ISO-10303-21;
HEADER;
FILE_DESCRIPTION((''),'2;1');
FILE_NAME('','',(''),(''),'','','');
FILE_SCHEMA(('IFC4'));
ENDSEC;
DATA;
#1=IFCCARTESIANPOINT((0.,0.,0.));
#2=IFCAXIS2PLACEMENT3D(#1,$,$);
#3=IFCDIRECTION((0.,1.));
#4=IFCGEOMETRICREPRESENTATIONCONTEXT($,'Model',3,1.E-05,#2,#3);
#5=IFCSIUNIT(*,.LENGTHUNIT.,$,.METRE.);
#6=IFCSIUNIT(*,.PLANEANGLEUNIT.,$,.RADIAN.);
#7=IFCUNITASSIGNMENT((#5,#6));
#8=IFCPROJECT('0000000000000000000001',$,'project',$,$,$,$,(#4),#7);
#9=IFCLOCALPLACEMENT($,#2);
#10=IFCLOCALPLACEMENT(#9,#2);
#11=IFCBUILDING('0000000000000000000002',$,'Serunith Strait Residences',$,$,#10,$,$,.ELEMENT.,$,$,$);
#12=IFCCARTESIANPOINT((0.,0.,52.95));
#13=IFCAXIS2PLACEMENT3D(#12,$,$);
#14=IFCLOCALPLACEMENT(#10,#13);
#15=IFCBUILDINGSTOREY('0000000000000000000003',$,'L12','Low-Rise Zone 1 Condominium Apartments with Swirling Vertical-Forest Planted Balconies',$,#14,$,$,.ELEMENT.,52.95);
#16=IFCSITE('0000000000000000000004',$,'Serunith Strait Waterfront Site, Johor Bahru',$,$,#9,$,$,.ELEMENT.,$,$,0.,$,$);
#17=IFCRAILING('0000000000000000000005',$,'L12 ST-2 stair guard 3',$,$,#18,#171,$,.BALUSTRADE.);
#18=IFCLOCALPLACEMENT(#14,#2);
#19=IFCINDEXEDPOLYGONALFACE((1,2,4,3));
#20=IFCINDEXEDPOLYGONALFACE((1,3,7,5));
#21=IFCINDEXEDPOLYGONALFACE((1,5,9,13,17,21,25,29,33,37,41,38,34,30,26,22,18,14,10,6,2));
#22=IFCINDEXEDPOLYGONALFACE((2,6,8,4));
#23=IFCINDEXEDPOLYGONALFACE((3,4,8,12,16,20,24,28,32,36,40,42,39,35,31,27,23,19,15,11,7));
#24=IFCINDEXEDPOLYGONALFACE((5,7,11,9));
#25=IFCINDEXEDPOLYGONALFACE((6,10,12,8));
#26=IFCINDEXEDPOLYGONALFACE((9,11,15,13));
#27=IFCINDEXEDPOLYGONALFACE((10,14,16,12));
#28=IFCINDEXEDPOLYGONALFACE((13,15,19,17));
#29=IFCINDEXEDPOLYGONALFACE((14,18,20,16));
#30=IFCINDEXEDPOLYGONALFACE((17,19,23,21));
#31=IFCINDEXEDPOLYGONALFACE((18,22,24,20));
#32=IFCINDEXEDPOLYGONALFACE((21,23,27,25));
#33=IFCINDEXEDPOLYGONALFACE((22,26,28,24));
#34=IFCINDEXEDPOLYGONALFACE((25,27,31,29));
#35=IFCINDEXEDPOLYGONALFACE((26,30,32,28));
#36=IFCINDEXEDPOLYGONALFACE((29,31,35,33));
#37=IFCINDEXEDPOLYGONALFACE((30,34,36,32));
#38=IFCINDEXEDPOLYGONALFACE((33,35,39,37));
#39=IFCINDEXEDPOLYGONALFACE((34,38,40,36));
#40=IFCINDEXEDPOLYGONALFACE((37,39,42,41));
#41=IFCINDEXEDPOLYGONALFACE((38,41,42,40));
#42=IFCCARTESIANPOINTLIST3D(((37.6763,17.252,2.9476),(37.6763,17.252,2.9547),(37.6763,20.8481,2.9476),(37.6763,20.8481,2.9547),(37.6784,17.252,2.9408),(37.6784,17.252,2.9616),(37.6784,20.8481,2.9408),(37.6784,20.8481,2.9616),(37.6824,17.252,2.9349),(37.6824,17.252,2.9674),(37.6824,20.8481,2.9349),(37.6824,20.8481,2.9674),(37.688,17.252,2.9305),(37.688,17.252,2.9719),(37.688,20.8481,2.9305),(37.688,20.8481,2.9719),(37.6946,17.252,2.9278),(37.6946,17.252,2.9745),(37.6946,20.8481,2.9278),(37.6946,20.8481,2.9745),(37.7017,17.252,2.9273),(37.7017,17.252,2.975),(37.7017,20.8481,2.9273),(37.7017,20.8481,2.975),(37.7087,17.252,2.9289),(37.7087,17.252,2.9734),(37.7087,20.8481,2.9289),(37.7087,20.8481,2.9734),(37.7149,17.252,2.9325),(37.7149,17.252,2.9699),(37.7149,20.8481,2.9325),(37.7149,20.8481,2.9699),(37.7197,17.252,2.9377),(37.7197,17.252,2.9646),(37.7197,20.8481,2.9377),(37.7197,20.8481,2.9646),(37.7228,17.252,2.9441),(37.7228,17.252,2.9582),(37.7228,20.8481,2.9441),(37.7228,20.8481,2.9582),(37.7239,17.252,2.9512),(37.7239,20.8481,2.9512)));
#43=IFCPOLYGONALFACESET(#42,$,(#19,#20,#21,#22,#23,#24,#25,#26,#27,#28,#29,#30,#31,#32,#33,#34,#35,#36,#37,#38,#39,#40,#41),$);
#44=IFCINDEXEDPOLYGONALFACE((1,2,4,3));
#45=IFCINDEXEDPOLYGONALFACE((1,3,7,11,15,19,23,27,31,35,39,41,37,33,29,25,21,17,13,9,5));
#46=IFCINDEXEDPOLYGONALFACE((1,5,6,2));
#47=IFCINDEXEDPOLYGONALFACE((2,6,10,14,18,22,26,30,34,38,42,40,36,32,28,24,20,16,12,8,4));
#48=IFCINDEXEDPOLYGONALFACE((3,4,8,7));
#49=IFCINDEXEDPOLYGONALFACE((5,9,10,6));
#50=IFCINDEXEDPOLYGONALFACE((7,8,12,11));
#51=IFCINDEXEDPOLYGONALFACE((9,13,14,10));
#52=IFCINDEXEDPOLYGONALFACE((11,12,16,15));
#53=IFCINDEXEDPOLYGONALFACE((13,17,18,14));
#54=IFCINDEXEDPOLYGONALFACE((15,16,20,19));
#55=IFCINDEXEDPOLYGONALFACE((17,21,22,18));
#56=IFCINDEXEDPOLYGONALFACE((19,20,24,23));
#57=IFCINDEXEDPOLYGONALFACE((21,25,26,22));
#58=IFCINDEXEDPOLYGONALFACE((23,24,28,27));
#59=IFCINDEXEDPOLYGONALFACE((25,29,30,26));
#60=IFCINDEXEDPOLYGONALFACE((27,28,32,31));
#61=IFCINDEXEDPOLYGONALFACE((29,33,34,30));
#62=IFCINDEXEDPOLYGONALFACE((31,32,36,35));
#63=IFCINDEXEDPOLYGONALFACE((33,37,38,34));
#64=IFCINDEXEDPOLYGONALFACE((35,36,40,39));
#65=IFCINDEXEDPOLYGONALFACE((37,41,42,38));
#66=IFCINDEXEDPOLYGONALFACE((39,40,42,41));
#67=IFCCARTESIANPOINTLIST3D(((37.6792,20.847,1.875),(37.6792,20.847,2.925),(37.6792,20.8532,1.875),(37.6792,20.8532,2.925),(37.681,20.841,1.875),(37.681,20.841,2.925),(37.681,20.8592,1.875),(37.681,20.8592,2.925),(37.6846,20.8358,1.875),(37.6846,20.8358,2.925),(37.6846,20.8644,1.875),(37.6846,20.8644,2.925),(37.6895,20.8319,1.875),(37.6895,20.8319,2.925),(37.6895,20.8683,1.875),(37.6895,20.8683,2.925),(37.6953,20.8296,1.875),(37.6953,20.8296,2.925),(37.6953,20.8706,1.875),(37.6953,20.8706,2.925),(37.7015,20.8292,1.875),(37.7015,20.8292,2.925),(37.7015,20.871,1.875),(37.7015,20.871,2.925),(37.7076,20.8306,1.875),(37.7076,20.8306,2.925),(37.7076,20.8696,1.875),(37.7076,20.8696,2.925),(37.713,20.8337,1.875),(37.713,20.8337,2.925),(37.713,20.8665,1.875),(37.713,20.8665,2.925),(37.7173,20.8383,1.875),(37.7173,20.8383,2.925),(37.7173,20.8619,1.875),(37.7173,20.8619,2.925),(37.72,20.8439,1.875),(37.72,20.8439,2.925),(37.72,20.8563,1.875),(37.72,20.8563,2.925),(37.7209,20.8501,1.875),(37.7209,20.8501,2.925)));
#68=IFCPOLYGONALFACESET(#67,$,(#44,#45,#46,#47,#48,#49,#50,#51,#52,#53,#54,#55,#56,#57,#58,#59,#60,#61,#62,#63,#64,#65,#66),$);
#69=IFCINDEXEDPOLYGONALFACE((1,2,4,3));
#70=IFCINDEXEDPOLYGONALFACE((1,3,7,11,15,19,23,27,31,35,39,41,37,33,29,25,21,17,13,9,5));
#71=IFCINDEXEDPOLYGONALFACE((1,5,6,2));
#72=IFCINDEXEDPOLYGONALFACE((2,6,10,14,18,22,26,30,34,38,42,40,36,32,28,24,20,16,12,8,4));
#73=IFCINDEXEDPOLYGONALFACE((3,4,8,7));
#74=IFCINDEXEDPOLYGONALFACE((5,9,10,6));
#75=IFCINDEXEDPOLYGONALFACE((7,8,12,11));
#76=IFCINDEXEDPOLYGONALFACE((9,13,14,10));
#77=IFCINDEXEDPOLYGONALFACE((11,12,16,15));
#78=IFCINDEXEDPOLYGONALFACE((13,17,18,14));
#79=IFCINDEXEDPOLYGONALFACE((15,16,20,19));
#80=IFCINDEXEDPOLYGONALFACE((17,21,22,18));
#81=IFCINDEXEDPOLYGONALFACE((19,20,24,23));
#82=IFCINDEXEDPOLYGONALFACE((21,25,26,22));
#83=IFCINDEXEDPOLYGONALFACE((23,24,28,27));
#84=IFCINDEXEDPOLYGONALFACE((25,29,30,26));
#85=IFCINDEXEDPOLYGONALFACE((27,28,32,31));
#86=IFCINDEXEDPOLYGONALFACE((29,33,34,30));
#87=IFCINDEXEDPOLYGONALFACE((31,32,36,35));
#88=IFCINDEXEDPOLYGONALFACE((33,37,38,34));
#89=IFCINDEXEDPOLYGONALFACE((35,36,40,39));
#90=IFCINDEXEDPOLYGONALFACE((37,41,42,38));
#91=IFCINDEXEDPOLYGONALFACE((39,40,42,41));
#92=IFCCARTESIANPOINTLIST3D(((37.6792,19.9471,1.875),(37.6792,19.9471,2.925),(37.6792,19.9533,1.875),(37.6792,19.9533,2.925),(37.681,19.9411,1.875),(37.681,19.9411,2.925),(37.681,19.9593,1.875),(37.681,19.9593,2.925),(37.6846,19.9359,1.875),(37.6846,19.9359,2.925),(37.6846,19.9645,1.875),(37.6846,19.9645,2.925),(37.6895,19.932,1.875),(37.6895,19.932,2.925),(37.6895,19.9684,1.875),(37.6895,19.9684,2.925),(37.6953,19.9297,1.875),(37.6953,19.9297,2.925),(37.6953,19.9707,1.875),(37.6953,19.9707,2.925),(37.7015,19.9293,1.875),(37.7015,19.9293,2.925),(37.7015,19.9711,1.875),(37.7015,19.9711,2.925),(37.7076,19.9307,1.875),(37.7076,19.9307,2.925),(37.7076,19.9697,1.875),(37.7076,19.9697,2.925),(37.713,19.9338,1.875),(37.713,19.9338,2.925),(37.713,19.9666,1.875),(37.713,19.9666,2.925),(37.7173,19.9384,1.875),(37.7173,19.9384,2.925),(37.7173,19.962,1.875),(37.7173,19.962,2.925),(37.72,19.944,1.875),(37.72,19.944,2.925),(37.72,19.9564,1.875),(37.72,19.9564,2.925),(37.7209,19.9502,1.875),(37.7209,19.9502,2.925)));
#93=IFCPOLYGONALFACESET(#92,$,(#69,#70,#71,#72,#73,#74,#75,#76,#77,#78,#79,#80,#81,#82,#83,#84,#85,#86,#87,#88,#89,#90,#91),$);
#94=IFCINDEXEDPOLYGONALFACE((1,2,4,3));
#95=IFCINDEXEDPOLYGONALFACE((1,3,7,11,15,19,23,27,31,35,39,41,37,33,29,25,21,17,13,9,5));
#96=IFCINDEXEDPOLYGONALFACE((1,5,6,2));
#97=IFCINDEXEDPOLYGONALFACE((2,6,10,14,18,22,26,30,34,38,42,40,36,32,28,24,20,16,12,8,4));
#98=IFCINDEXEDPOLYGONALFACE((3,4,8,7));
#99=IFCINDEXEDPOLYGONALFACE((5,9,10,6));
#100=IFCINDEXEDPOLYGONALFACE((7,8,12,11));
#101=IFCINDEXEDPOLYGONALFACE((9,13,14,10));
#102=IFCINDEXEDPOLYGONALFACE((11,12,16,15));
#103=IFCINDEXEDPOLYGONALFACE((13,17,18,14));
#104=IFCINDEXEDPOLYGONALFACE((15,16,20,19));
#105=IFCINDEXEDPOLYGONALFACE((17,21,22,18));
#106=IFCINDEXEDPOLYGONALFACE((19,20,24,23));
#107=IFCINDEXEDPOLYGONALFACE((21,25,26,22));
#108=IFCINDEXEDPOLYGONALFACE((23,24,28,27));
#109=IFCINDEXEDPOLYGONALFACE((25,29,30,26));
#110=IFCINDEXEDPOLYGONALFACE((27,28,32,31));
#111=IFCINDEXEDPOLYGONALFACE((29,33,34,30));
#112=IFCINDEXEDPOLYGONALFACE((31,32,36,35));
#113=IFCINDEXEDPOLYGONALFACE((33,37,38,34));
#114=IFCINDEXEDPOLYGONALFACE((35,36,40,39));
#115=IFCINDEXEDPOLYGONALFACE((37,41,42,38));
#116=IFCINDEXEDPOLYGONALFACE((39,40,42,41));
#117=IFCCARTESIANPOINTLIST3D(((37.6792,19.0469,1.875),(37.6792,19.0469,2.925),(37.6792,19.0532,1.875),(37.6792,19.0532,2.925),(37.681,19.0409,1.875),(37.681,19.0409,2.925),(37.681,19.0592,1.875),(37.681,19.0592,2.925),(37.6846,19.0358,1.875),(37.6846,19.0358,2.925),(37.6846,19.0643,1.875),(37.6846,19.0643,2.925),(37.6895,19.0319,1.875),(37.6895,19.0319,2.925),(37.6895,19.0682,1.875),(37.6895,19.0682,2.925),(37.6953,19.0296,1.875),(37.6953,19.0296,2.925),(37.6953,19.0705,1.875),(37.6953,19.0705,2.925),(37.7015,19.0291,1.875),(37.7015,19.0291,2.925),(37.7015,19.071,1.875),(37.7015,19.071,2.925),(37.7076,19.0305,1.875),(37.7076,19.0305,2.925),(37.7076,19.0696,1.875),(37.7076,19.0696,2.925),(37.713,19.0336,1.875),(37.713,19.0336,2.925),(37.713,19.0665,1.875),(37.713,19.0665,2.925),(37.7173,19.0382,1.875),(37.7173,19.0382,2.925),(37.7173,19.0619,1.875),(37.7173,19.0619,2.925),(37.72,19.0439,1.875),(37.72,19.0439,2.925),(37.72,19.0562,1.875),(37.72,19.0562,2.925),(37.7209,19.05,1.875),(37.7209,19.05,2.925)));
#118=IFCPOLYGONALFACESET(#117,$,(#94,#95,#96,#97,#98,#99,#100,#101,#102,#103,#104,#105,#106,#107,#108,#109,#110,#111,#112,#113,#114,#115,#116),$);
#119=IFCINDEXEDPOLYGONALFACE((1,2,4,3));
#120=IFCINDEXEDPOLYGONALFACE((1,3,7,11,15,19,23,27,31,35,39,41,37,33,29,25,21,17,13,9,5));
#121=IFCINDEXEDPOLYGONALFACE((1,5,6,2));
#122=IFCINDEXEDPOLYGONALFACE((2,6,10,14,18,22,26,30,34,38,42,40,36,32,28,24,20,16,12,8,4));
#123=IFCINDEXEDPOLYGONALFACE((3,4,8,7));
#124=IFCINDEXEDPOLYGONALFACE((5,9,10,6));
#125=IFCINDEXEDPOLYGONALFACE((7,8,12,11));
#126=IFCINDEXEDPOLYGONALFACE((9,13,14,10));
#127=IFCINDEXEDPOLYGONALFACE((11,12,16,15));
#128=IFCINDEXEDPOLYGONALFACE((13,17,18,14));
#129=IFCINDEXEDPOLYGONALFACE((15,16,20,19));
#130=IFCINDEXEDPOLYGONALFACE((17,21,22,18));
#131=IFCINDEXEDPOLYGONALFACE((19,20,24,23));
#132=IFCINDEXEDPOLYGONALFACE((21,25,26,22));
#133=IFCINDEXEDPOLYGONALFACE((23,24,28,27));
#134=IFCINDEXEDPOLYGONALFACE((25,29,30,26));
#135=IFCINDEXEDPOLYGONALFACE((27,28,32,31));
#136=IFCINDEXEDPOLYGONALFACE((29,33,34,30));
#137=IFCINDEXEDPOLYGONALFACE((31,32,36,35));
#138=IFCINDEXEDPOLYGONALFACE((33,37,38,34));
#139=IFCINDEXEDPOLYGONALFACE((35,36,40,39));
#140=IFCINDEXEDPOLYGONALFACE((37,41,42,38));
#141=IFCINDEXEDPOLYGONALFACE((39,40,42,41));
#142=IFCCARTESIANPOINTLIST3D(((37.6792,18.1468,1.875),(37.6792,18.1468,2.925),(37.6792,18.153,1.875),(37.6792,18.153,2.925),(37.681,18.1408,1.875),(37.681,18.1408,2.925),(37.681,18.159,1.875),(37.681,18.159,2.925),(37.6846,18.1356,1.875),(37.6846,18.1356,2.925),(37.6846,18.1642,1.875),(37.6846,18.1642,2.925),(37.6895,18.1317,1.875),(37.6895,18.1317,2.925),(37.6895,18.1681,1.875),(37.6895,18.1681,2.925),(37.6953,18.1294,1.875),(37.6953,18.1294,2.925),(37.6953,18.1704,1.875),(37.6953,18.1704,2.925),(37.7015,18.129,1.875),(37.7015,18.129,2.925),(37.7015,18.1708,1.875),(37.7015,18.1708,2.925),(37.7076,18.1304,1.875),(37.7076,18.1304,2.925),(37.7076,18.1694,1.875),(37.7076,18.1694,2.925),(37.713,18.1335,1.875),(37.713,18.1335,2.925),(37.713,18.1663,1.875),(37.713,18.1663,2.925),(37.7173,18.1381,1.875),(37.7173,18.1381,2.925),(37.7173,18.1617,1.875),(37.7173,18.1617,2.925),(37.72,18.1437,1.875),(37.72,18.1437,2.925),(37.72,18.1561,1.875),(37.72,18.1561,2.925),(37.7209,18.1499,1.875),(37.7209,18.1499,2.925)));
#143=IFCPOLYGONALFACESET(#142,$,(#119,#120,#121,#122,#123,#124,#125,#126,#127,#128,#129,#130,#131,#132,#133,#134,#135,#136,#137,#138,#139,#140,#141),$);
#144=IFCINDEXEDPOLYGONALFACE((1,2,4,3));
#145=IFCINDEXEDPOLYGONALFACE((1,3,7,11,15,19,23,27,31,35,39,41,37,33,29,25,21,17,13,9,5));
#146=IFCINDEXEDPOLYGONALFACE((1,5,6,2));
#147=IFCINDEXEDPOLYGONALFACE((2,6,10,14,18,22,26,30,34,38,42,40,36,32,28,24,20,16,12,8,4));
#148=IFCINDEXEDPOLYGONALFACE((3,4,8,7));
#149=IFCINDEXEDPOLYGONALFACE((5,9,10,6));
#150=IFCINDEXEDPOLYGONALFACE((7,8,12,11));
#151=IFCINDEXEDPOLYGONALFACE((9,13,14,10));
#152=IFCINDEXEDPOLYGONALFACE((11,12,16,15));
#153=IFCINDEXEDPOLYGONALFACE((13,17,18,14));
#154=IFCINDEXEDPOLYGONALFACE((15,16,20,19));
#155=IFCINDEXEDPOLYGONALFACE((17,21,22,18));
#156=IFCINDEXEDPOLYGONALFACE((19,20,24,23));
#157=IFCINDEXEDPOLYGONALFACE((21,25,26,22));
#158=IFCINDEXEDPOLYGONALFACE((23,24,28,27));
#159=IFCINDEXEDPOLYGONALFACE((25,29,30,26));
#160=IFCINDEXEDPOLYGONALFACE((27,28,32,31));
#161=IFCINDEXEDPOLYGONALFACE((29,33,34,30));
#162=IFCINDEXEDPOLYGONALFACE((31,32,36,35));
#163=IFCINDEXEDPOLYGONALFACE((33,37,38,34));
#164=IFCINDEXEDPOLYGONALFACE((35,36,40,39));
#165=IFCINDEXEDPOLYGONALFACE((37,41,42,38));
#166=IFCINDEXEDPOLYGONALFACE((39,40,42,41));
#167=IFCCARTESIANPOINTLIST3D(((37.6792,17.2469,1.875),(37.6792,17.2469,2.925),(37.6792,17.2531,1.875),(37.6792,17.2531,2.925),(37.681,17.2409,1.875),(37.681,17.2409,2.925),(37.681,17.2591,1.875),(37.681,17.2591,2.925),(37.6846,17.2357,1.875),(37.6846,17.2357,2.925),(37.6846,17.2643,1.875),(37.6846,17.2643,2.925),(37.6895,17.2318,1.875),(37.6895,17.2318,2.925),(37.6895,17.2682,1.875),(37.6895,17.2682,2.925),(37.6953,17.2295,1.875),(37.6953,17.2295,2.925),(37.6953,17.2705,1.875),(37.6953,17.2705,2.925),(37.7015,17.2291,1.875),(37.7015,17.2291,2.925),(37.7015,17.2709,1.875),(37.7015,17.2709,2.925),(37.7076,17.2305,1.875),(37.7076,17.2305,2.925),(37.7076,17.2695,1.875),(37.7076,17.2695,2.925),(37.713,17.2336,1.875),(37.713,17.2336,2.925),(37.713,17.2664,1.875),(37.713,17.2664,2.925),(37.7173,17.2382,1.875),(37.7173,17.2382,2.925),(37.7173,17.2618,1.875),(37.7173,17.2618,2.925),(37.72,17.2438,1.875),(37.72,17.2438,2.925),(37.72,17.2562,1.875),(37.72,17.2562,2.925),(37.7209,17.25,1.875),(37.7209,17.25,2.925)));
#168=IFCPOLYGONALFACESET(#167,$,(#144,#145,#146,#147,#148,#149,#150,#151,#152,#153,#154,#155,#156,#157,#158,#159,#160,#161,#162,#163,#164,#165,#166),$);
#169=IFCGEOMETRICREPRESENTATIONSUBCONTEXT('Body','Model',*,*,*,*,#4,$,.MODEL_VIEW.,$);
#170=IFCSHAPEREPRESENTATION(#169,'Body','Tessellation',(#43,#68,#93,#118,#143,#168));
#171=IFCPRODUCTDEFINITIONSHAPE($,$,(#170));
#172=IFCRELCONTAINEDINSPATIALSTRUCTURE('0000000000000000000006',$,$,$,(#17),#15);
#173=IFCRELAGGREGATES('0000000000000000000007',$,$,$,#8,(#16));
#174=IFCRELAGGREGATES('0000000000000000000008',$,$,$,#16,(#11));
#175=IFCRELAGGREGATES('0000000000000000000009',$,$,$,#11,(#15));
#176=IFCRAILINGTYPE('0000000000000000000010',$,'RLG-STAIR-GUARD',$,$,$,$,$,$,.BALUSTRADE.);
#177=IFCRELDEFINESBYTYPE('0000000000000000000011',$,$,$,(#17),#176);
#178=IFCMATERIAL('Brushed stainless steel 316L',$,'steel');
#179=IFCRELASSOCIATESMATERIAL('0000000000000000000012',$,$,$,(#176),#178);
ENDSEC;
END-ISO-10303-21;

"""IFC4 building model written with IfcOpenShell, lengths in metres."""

from ifc_helpers import new_model, si_unit, direction, frame, origin, origin_2d, place, context, subcontext, project, spatial, circle, extrude, material, type_object, element, save


model = new_model("IFC4")

# Units and contexts
model_context = context("Model", 3, precision=1e-05, world=origin(), true_north=direction((0.0, 1.0)))
body_context = subcontext(model_context, "Body", "Model", "MODEL_VIEW")
ifc_project = project(units=[si_unit("LENGTHUNIT", "METRE"), si_unit("PLANEANGLEUNIT", "RADIAN")], contexts=[model_context])

# Site, building, storey
site_placement = place(None, origin())
site = spatial("IfcSite", under=ifc_project, at=site_placement, Name="Serunith Strait Waterfront Site, Johor Bahru", CompositionType="ELEMENT", RefElevation=0.0)
building_placement = place(site_placement, origin())
building = spatial("IfcBuilding", under=site, at=building_placement, Name="Serunith Strait Residences", CompositionType="ELEMENT")
storey_placement = place(building_placement, frame((0.0, 0.0, 52.95)))
storey = spatial("IfcBuildingStorey", under=building, at=storey_placement, Name="L12", Description="Low-Rise Zone 1 Condominium Apartments with Swirling Vertical-Forest Planted Balconies", CompositionType="ELEMENT", Elevation=52.95)

# Railing
ifc_material_1 = material(Name="Brushed stainless steel 316L", Category="steel")
railing_type_1 = type_object("IfcRailingType", Name="RLG-STAIR-GUARD", PredefinedType="BALUSTRADE", material=ifc_material_1)
for number, where, name in (
    (1, (37.7, 20.8501, 1.875), "L12 ST-2 stair guard 3"),
):
    element("IfcRailing", number, at=place(storey_placement, frame(where)), inside=storey, type_object=railing_type_1, Name=name, PredefinedType="BALUSTRADE", context=body_context, shape_type="SweptSolid", body=[
        extrude(circle(Radius=0.0239, at=origin_2d()), frame((0.0, -0.002, 1.0762), z_axis=(0.0, -1.0, 0.0), x_axis=(1.0, 0.0, 0.0)), (0.0, 0.0, 1.0), 3.5962),
        extrude(circle(Radius=0.021, at=origin_2d()), origin(), (0.0, 0.0, 1.0), 1.05),
        extrude(circle(Radius=0.021, at=origin_2d()), frame((0.0, -0.8999, 0.0)), (0.0, 0.0, 1.0), 1.05),
        extrude(circle(Radius=0.021, at=origin_2d()), frame((0.0, -1.8, 0.0)), (0.0, 0.0, 1.0), 1.05),
        extrude(circle(Radius=0.021, at=origin_2d()), frame((0.0, -2.7002, 0.0)), (0.0, 0.0, 1.0), 1.05),
        extrude(circle(Radius=0.021, at=origin_2d()), frame((0.0, -3.6001, 0.0)), (0.0, 0.0, 1.0), 1.05),
    ])

save(model, "model.ifc")
